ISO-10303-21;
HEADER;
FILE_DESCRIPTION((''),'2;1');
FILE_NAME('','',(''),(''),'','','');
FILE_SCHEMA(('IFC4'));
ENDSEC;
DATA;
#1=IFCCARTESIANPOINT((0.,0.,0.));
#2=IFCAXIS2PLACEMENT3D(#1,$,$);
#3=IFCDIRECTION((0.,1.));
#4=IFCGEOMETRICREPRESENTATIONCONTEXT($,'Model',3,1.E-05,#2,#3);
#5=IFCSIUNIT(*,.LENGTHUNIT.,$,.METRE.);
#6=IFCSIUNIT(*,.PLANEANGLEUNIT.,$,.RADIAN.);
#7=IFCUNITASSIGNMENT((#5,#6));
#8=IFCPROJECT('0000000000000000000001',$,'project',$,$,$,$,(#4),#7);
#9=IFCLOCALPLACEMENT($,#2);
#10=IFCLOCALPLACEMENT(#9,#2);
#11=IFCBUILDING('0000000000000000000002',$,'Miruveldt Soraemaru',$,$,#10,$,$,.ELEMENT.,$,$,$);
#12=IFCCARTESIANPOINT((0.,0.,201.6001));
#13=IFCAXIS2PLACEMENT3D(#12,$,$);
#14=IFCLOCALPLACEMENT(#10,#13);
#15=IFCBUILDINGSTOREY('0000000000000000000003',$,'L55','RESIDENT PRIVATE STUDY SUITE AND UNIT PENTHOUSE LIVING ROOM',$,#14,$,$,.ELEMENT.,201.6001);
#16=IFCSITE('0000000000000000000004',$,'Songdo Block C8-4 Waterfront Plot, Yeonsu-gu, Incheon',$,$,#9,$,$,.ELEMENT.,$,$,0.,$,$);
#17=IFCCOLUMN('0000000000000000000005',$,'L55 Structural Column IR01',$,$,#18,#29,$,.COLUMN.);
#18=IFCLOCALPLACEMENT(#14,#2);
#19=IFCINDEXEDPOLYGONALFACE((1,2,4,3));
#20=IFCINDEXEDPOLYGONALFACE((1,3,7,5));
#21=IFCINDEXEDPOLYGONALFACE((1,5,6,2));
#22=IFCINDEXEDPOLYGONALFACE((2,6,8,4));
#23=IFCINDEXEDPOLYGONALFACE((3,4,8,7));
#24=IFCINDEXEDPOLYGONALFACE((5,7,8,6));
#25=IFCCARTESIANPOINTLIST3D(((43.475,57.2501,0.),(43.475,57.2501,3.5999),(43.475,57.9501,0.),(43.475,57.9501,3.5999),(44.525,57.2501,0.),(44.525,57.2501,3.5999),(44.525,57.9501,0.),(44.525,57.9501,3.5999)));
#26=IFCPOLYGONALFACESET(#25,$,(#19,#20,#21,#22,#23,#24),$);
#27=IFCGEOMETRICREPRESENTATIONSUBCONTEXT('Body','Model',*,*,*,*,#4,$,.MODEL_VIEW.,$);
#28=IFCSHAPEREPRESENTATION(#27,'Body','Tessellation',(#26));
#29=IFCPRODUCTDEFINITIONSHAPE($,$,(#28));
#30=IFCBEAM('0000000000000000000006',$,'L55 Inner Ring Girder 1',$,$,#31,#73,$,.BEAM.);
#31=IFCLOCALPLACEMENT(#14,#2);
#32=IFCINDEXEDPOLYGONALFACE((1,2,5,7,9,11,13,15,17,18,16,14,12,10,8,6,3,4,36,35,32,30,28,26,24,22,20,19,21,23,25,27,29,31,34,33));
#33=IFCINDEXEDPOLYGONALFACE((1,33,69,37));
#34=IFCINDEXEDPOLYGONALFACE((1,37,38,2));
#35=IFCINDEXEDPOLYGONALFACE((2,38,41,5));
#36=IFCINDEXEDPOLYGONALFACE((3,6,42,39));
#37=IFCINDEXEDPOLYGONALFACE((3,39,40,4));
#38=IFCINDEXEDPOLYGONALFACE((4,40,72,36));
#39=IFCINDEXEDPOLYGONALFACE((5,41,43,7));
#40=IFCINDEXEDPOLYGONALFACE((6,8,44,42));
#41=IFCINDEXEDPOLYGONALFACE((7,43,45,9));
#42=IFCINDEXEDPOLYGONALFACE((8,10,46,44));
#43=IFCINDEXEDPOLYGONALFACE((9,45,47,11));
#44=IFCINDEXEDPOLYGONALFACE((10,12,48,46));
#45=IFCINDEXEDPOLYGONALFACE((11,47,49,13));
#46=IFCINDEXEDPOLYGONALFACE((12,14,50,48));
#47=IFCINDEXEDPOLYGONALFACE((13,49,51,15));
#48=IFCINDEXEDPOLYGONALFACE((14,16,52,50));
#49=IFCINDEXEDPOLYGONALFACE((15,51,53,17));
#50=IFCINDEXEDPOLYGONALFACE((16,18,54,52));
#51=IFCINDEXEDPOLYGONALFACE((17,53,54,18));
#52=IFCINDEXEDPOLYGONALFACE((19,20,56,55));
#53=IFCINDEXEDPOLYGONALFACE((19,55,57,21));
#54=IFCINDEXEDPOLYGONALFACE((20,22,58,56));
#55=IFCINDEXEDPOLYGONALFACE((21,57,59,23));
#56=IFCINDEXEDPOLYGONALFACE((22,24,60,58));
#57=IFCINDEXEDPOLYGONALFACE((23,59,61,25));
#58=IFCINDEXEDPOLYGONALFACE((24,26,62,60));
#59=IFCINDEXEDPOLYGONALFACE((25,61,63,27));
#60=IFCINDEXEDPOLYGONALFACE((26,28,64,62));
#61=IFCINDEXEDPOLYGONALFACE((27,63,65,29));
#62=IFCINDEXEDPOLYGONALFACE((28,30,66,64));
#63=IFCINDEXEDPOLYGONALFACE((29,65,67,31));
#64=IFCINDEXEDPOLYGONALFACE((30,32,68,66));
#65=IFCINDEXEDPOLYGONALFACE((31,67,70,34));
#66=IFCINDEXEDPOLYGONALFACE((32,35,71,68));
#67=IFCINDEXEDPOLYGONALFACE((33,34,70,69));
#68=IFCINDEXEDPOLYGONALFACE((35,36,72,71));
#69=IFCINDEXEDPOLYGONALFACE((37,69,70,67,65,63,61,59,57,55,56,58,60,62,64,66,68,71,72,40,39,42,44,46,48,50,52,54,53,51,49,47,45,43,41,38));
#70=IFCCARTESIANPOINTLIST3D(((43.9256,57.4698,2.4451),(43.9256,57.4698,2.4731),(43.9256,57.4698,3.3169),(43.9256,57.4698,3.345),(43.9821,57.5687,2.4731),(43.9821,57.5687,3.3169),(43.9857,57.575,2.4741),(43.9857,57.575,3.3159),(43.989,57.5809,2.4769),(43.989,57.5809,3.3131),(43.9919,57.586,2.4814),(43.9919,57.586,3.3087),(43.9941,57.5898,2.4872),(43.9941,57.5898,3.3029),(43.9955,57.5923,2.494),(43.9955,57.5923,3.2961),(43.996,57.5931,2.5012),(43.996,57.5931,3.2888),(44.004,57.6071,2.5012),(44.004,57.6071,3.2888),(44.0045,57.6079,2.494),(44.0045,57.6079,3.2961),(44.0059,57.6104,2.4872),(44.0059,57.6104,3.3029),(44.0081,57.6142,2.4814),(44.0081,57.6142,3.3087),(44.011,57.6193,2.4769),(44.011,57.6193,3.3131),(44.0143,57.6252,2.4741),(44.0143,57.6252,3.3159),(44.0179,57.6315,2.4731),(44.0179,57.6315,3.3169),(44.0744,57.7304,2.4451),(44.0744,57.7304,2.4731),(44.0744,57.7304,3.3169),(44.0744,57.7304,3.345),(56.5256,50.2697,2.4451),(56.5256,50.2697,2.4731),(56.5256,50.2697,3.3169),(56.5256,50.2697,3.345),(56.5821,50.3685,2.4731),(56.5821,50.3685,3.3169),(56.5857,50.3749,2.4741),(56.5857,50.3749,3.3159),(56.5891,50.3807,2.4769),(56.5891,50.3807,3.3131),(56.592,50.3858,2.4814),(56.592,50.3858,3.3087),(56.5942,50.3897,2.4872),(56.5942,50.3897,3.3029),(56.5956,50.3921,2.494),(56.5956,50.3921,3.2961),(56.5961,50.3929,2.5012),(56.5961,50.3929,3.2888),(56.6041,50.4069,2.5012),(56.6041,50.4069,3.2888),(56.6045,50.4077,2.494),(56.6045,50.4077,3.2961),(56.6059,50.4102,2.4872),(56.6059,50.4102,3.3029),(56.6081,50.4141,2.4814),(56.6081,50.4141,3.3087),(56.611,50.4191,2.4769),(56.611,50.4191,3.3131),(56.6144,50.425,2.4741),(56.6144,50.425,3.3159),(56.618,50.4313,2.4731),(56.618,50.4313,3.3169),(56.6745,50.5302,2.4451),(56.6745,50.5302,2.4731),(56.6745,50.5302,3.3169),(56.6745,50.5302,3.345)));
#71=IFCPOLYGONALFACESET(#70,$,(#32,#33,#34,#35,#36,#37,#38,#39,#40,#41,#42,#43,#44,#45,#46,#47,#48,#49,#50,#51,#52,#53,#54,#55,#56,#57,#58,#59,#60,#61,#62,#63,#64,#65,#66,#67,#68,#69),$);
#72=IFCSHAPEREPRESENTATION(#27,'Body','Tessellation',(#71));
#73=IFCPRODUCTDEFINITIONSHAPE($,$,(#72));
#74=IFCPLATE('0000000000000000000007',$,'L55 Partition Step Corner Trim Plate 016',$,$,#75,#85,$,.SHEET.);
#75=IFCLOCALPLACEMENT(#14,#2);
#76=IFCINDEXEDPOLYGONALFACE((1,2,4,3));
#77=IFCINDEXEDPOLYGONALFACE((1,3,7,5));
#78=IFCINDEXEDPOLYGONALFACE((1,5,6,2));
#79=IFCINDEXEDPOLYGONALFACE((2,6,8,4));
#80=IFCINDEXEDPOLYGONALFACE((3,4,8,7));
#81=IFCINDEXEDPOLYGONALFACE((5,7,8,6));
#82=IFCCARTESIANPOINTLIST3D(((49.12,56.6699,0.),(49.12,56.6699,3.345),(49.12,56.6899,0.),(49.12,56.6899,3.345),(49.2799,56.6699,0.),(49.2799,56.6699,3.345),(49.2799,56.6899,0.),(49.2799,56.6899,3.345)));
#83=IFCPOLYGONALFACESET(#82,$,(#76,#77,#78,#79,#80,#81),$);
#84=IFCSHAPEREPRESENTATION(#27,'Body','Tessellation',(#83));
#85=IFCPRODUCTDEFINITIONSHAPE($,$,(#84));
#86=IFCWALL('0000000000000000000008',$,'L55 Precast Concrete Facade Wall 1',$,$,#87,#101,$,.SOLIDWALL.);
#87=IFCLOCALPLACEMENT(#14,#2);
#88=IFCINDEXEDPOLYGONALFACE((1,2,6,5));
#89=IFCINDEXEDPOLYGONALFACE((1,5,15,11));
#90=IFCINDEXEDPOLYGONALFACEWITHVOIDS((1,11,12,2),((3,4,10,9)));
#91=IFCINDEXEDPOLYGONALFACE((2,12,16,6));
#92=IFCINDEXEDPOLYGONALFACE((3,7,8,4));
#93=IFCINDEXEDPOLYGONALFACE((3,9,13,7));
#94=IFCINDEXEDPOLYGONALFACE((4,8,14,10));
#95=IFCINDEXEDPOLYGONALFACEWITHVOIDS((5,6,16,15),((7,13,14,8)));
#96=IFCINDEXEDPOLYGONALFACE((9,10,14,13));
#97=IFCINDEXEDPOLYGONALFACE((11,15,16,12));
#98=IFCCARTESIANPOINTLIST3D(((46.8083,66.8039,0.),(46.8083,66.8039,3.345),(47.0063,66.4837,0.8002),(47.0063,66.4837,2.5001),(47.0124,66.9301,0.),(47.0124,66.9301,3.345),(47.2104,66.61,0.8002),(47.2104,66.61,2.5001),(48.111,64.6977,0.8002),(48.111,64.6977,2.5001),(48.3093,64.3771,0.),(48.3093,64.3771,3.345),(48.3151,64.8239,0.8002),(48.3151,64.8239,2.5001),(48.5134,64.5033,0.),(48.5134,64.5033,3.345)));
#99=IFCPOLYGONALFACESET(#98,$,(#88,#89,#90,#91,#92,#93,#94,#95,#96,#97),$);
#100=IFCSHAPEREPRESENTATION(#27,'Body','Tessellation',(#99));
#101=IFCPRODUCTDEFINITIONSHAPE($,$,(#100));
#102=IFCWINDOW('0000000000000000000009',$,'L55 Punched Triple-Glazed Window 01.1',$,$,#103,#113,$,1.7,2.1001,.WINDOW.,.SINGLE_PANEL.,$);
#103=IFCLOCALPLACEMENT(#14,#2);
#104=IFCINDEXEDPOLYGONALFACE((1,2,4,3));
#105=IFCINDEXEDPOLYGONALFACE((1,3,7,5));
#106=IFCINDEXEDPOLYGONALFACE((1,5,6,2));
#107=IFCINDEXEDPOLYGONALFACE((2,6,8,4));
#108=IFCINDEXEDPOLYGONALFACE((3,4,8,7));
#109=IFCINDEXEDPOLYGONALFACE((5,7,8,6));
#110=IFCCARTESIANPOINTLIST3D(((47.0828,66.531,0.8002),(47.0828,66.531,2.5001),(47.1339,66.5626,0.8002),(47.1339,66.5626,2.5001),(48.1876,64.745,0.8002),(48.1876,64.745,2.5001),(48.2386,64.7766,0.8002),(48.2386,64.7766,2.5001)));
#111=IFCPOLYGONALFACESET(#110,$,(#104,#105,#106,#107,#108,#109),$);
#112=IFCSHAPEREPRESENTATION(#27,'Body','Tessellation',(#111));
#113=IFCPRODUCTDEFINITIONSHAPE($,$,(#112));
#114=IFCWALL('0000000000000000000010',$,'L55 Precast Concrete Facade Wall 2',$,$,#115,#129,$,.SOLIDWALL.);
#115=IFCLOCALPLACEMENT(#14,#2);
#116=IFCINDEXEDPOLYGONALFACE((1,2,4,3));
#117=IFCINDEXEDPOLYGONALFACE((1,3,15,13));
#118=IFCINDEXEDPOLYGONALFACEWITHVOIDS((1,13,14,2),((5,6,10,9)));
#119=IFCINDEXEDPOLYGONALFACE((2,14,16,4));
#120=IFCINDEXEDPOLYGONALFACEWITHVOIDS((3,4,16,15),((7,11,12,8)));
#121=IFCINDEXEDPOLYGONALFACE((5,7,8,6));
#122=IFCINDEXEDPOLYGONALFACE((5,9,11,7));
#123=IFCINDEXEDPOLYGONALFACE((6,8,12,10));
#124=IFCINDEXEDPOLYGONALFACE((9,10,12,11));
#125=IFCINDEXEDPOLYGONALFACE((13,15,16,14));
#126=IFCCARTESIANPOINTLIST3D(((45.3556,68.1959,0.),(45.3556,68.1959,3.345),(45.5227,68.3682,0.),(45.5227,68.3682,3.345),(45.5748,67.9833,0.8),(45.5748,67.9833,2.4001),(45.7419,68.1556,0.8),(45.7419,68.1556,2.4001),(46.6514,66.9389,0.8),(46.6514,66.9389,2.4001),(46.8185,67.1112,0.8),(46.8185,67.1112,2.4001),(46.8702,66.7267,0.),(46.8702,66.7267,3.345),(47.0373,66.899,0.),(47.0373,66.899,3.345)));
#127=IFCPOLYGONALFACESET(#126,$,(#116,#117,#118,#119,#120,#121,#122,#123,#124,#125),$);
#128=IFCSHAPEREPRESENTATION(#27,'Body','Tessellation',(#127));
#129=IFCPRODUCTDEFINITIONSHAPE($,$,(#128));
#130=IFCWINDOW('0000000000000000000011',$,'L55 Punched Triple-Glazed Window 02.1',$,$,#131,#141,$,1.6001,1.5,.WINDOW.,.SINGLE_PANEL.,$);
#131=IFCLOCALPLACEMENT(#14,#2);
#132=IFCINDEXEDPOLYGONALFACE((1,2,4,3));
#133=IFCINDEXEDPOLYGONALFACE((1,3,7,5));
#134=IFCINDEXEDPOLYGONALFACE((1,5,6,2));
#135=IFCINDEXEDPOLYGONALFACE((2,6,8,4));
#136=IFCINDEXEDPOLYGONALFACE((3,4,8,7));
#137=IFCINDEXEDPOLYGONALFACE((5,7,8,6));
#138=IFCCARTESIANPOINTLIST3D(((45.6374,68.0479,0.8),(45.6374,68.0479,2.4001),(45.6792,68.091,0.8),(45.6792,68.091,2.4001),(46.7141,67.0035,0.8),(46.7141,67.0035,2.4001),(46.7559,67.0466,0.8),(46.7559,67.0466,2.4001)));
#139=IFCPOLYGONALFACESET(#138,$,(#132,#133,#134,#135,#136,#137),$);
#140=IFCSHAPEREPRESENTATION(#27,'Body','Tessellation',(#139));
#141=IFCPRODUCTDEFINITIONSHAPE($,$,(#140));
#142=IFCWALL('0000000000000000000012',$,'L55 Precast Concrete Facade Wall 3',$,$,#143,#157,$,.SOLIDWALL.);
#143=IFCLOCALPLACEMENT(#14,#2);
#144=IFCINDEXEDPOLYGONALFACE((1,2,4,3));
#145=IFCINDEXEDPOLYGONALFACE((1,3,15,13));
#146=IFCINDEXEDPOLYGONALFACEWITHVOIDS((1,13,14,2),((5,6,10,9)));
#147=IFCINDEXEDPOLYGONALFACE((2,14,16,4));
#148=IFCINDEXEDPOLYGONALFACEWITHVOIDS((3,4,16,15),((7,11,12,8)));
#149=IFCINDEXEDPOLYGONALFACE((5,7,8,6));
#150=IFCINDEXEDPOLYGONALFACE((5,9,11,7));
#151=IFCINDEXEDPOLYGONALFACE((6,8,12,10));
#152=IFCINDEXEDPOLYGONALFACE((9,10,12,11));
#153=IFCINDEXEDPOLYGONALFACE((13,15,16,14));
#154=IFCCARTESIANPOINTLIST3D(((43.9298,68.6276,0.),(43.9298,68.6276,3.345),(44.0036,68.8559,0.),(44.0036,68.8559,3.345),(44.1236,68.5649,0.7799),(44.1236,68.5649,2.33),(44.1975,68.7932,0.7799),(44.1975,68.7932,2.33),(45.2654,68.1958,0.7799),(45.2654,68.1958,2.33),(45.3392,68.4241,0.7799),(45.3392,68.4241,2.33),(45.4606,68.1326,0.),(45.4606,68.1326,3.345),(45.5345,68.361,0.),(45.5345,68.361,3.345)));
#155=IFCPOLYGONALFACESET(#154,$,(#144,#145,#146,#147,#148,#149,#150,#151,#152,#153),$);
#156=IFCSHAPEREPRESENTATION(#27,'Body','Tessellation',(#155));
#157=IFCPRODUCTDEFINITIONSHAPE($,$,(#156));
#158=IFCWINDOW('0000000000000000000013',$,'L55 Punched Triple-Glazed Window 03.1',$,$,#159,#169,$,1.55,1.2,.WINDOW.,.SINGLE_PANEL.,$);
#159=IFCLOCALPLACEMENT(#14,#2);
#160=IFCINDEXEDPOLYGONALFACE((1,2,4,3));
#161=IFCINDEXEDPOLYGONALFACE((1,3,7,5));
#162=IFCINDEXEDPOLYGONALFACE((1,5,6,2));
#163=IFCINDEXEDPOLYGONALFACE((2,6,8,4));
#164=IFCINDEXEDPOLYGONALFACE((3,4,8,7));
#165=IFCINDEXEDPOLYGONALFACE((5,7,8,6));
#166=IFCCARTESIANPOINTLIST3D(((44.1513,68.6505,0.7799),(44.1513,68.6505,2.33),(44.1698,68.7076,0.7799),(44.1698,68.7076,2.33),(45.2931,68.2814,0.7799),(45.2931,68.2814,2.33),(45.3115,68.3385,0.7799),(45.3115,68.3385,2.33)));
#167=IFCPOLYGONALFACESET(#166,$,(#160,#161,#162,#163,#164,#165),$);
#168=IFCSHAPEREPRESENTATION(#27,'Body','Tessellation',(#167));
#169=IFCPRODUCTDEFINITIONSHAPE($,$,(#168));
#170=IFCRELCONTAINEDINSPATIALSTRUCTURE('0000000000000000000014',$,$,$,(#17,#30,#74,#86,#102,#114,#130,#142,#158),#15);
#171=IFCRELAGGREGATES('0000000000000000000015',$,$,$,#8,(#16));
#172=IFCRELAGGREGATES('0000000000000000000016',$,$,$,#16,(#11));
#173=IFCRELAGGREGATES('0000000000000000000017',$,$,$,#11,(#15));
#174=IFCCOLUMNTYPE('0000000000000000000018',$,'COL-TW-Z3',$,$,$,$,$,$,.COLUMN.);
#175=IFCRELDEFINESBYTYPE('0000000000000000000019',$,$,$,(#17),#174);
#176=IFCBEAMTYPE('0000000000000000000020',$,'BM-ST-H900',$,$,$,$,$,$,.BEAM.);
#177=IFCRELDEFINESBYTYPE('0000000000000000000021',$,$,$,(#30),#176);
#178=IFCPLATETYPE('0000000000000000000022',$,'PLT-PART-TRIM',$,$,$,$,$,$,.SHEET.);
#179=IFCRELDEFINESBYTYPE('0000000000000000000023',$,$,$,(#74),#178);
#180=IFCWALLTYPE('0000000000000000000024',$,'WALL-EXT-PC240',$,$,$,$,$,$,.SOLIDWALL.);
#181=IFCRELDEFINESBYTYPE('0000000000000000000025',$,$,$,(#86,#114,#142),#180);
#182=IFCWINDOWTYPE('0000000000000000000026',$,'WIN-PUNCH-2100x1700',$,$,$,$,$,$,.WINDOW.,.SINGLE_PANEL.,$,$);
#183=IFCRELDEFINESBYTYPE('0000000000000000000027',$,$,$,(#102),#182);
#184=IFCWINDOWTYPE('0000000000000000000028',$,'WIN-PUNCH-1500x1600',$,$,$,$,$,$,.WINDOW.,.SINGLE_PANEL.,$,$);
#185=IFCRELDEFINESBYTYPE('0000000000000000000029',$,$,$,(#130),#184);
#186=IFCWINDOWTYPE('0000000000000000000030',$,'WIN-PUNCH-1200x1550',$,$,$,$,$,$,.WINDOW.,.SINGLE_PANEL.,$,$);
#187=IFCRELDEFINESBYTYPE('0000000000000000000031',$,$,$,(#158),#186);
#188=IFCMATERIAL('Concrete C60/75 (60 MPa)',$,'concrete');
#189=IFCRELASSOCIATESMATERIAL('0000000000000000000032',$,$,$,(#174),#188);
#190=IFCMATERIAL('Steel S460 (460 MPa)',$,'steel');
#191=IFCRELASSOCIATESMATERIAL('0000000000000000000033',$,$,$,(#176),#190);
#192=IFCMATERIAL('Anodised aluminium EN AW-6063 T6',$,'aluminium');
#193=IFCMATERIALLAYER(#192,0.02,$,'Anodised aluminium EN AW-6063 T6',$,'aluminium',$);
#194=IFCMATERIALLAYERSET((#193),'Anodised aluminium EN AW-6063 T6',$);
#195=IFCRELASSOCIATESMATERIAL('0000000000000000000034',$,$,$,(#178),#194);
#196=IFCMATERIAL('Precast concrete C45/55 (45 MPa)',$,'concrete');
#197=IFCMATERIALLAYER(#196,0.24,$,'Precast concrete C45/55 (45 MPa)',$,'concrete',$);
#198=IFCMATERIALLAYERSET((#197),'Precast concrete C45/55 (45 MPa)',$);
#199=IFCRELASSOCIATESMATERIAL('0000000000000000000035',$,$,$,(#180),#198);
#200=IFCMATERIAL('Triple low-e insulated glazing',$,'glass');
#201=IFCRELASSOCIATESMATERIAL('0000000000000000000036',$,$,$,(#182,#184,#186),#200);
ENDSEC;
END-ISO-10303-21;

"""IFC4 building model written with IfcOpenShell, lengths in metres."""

from ifc_helpers import new_model, si_unit, direction, frame, frame_2d, origin, origin_2d, place, context, subcontext, project, spatial, rectangle, i_section, extrude, material, layer, layer_set, material_profile, profile_set, type_object, element, fill, save


model = new_model("IFC4")

# Units and contexts
model_context = context("Model", 3, precision=1e-05, world=origin(), true_north=direction((0.0, 1.0)))
body_context = subcontext(model_context, "Body", "Model", "MODEL_VIEW")
ifc_project = project(units=[si_unit("LENGTHUNIT", "METRE"), si_unit("PLANEANGLEUNIT", "RADIAN")], contexts=[model_context])

# Site, building, storey
site_placement = place(None, origin())
site = spatial("IfcSite", under=ifc_project, at=site_placement, Name="Songdo Block C8-4 Waterfront Plot, Yeonsu-gu, Incheon", CompositionType="ELEMENT", RefElevation=0.0)
building_placement = place(site_placement, origin())
building = spatial("IfcBuilding", under=site, at=building_placement, Name="Miruveldt Soraemaru", CompositionType="ELEMENT")
storey_placement = place(building_placement, frame((0.0, 0.0, 201.6001)))
storey = spatial("IfcBuildingStorey", under=building, at=storey_placement, Name="L55", Description="RESIDENT PRIVATE STUDY SUITE AND UNIT PENTHOUSE LIVING ROOM", CompositionType="ELEMENT", Elevation=201.6001)

# Column
ifc_material_1 = material(Name="Concrete C60/75 (60 MPa)", Category="concrete")
ifc_material_profile_1 = material_profile(ifc_material_1, rectangle(XDim=1.05, YDim=0.7, at=origin_2d()), Name="Concrete C60/75 (60 MPa)", Category="concrete")
ifc_profile_set_1 = profile_set([ifc_material_profile_1], Name="Concrete C60/75 (60 MPa)")
column_type = type_object("IfcColumnType", Name="COL-TW-Z3", PredefinedType="COLUMN", material=ifc_profile_set_1)
column_placement = place(storey_placement, frame((44.0, 57.6001, 0.0), z_axis=(0.0, 0.0, 1.0), x_axis=(1.0, 0.0, 0.0)))
element("IfcColumn", 1, at=column_placement, inside=storey, type_object=column_type, Name="L55 Structural Column IR01", PredefinedType="COLUMN", context=body_context, shape_type="SweptSolid", body=[
    extrude(rectangle(XDim=1.05, YDim=0.7, at=origin_2d()), origin(), (0.0, 0.0, 1.0), 3.5999),
])

# Beam
ifc_material_2 = material(Name="Steel S460 (460 MPa)", Category="steel")
ifc_material_profile_2 = material_profile(ifc_material_2, i_section(OverallWidth=0.3, OverallDepth=0.8999, WebThickness=0.0161, FlangeThickness=0.0281, FilletRadius=0.0281, at=origin_2d()), Name="Steel S460 (460 MPa)", Category="steel")
ifc_profile_set_2 = profile_set([ifc_material_profile_2], Name="Steel S460 (460 MPa)")
beam_type = type_object("IfcBeamType", Name="BM-ST-H900", PredefinedType="BEAM", material=ifc_profile_set_2)
beam_placement = place(storey_placement, frame((44.0, 57.6001, 2.895), z_axis=(0.868239, -0.496146, 0.0), x_axis=(0.496146, 0.868239, 0.0)))
element("IfcBeam", 2, at=beam_placement, inside=storey, type_object=beam_type, Name="L55 Inner Ring Girder 1", PredefinedType="BEAM", context=body_context, shape_type="SweptSolid", body=[
    extrude(i_section(OverallWidth=0.3, OverallDepth=0.8999, WebThickness=0.0161, FlangeThickness=0.0281, FilletRadius=0.0281, at=origin_2d()), origin(), (0.0, 0.0, 1.0), 14.5122),
])

# Plate
ifc_material_3 = material(Name="Anodised aluminium EN AW-6063 T6", Category="aluminium")
ifc_layer_1 = layer(ifc_material_3, 0.02, Name="Anodised aluminium EN AW-6063 T6", Category="aluminium")
ifc_layer_set_1 = layer_set([ifc_layer_1], Name="Anodised aluminium EN AW-6063 T6")
plate_type = type_object("IfcPlateType", Name="PLT-PART-TRIM", PredefinedType="SHEET", material=ifc_layer_set_1)
plate_placement = place(storey_placement, frame((49.2, 56.6799, 0.0), z_axis=(0.0, 0.0, 1.0), x_axis=(-1.0, 0.0, 0.0)))
element("IfcPlate", 3, at=plate_placement, inside=storey, type_object=plate_type, Name="L55 Partition Step Corner Trim Plate 016", PredefinedType="SHEET", context=body_context, shape_type="SweptSolid", body=[
    extrude(rectangle(XDim=0.1599, YDim=0.02, at=origin_2d()), origin(), (0.0, 0.0, 1.0), 3.345),
])

# Walls, openings, windows
ifc_material_4 = material(Name="Precast concrete C45/55 (45 MPa)", Category="concrete")
ifc_layer_2 = layer(ifc_material_4, 0.24, Name="Precast concrete C45/55 (45 MPa)", Category="concrete")
ifc_layer_set_2 = layer_set([ifc_layer_2], Name="Precast concrete C45/55 (45 MPa)")
wall_type_1 = type_object("IfcWallType", Name="WALL-EXT-PC240", PredefinedType="SOLIDWALL", material=ifc_layer_set_2)
wall_1_placement = place(storey_placement, frame((48.4114, 64.4402, 0.0), z_axis=(0.0, 0.0, 1.0), x_axis=(-0.526025, 0.850469, 0.0)))
wall_1 = element("IfcWall", 4, at=wall_1_placement, inside=storey, type_object=wall_type_1, Name="L55 Precast Concrete Facade Wall 1", PredefinedType="SOLIDWALL", context=body_context, shape_type="SweptSolid", body=[
    extrude(rectangle(XDim=2.8535, YDim=0.24, at=frame_2d((1.4268, 0.0))), origin(), (0.0, 0.0, 1.0), 3.345),
])
opening_1_placement = place(wall_1_placement, frame((0.377, 0.0, 0.8)))
opening_1 = element("IfcOpeningElement", 5, at=opening_1_placement, cuts=wall_1, PredefinedType="OPENING", context=body_context, shape_type="SweptSolid", body=[
    extrude(rectangle(XDim=2.1001, YDim=1.7, at=frame_2d((1.05, 0.8501))), frame((0.0, 0.1299, 0.0), z_axis=(0.0, -1.0, 0.0), x_axis=(1.0, 0.0, 0.0)), (0.0, 0.0, 1.0), 0.26),
])
ifc_material_5 = material(Name="Triple low-e insulated glazing", Category="glass")
window_type_1 = type_object("IfcWindowType", Name="WIN-PUNCH-2100x1700", PartitioningType="SINGLE_PANEL", PredefinedType="WINDOW", material=ifc_material_5)
window_1_placement = place(opening_1_placement, origin())
window_1 = element("IfcWindow", 6, at=window_1_placement, inside=storey, type_object=window_type_1, Name="L55 Punched Triple-Glazed Window 01.1", OverallHeight=1.7, OverallWidth=2.1001, PartitioningType="SINGLE_PANEL", PredefinedType="WINDOW", context=body_context, shape_type="SweptSolid", body=[
    extrude(rectangle(XDim=2.1001, YDim=1.7, at=frame_2d((1.05, 0.8501))), frame((0.0, 0.03, 0.0), z_axis=(0.0, -1.0, 0.0), x_axis=(1.0, 0.0, 0.0)), (0.0, 0.0, 1.0), 0.0601),
])
fill(opening_1, window_1)
wall_2_placement = place(storey_placement, frame((46.9539, 66.8127, 0.0), z_axis=(0.0, 0.0, 1.0), x_axis=(-0.717785, 0.696265, 0.0)))
wall_2 = element("IfcWall", 7, at=wall_2_placement, inside=storey, type_object=wall_type_1, Name="L55 Precast Concrete Facade Wall 2", PredefinedType="SOLIDWALL", context=body_context, shape_type="SweptSolid", body=[
    extrude(rectangle(XDim=2.1101, YDim=0.24, at=frame_2d((1.0552, 0.0))), origin(), (0.0, 0.0, 1.0), 3.345),
])
opening_2_placement = place(wall_2_placement, frame((0.3049, 0.0, 0.8)))
opening_2 = element("IfcOpeningElement", 8, at=opening_2_placement, cuts=wall_2, PredefinedType="OPENING", context=body_context, shape_type="SweptSolid", body=[
    extrude(rectangle(XDim=1.5, YDim=1.6001, at=frame_2d((0.75, 0.8))), frame((0.0, 0.1299, 0.0), z_axis=(0.0, -1.0, 0.0), x_axis=(1.0, 0.0, 0.0)), (0.0, 0.0, 1.0), 0.26),
])
window_type_2 = type_object("IfcWindowType", Name="WIN-PUNCH-1500x1600", PartitioningType="SINGLE_PANEL", PredefinedType="WINDOW", material=ifc_material_5)
window_2_placement = place(opening_2_placement, origin())
window_2 = element("IfcWindow", 9, at=window_2_placement, inside=storey, type_object=window_type_2, Name="L55 Punched Triple-Glazed Window 02.1", OverallHeight=1.6001, OverallWidth=1.5, PartitioningType="SINGLE_PANEL", PredefinedType="WINDOW", context=body_context, shape_type="SweptSolid", body=[
    extrude(rectangle(XDim=1.5, YDim=1.6001, at=frame_2d((0.75, 0.8))), frame((0.0, 0.03, 0.0), z_axis=(0.0, -1.0, 0.0), x_axis=(1.0, 0.0, 0.0)), (0.0, 0.0, 1.0), 0.0601),
])
fill(opening_2, window_2)
wall_3_placement = place(storey_placement, frame((45.4976, 68.2468, 0.0), z_axis=(0.0, 0.0, 1.0), x_axis=(-0.951512, 0.30761, 0.0)))
wall_3 = element("IfcWall", 10, at=wall_3_placement, inside=storey, type_object=wall_type_1, Name="L55 Precast Concrete Facade Wall 3", PredefinedType="SOLIDWALL", context=body_context, shape_type="SweptSolid", body=[
    extrude(rectangle(XDim=1.6089, YDim=0.24, at=frame_2d((0.8044, 0.0))), origin(), (0.0, 0.0, 1.0), 3.345),
])
opening_3_placement = place(wall_3_placement, frame((0.2051, 0.0, 0.78)))
opening_3 = element("IfcOpeningElement", 11, at=opening_3_placement, cuts=wall_3, PredefinedType="OPENING", context=body_context, shape_type="SweptSolid", body=[
    extrude(rectangle(XDim=1.2, YDim=1.55, at=frame_2d((0.6001, 0.7749))), frame((0.0, 0.1299, 0.0), z_axis=(0.0, -1.0, 0.0), x_axis=(1.0, 0.0, 0.0)), (0.0, 0.0, 1.0), 0.26),
])
window_type_3 = type_object("IfcWindowType", Name="WIN-PUNCH-1200x1550", PartitioningType="SINGLE_PANEL", PredefinedType="WINDOW", material=ifc_material_5)
window_3_placement = place(opening_3_placement, origin())
window_3 = element("IfcWindow", 12, at=window_3_placement, inside=storey, type_object=window_type_3, Name="L55 Punched Triple-Glazed Window 03.1", OverallHeight=1.55, OverallWidth=1.2, PartitioningType="SINGLE_PANEL", PredefinedType="WINDOW", context=body_context, shape_type="SweptSolid", body=[
    extrude(rectangle(XDim=1.2, YDim=1.55, at=frame_2d((0.6001, 0.7749))), frame((0.0, 0.03, 0.0), z_axis=(0.0, -1.0, 0.0), x_axis=(1.0, 0.0, 0.0)), (0.0, 0.0, 1.0), 0.0601),
])
fill(opening_3, window_3)

save(model, "model.ifc")
